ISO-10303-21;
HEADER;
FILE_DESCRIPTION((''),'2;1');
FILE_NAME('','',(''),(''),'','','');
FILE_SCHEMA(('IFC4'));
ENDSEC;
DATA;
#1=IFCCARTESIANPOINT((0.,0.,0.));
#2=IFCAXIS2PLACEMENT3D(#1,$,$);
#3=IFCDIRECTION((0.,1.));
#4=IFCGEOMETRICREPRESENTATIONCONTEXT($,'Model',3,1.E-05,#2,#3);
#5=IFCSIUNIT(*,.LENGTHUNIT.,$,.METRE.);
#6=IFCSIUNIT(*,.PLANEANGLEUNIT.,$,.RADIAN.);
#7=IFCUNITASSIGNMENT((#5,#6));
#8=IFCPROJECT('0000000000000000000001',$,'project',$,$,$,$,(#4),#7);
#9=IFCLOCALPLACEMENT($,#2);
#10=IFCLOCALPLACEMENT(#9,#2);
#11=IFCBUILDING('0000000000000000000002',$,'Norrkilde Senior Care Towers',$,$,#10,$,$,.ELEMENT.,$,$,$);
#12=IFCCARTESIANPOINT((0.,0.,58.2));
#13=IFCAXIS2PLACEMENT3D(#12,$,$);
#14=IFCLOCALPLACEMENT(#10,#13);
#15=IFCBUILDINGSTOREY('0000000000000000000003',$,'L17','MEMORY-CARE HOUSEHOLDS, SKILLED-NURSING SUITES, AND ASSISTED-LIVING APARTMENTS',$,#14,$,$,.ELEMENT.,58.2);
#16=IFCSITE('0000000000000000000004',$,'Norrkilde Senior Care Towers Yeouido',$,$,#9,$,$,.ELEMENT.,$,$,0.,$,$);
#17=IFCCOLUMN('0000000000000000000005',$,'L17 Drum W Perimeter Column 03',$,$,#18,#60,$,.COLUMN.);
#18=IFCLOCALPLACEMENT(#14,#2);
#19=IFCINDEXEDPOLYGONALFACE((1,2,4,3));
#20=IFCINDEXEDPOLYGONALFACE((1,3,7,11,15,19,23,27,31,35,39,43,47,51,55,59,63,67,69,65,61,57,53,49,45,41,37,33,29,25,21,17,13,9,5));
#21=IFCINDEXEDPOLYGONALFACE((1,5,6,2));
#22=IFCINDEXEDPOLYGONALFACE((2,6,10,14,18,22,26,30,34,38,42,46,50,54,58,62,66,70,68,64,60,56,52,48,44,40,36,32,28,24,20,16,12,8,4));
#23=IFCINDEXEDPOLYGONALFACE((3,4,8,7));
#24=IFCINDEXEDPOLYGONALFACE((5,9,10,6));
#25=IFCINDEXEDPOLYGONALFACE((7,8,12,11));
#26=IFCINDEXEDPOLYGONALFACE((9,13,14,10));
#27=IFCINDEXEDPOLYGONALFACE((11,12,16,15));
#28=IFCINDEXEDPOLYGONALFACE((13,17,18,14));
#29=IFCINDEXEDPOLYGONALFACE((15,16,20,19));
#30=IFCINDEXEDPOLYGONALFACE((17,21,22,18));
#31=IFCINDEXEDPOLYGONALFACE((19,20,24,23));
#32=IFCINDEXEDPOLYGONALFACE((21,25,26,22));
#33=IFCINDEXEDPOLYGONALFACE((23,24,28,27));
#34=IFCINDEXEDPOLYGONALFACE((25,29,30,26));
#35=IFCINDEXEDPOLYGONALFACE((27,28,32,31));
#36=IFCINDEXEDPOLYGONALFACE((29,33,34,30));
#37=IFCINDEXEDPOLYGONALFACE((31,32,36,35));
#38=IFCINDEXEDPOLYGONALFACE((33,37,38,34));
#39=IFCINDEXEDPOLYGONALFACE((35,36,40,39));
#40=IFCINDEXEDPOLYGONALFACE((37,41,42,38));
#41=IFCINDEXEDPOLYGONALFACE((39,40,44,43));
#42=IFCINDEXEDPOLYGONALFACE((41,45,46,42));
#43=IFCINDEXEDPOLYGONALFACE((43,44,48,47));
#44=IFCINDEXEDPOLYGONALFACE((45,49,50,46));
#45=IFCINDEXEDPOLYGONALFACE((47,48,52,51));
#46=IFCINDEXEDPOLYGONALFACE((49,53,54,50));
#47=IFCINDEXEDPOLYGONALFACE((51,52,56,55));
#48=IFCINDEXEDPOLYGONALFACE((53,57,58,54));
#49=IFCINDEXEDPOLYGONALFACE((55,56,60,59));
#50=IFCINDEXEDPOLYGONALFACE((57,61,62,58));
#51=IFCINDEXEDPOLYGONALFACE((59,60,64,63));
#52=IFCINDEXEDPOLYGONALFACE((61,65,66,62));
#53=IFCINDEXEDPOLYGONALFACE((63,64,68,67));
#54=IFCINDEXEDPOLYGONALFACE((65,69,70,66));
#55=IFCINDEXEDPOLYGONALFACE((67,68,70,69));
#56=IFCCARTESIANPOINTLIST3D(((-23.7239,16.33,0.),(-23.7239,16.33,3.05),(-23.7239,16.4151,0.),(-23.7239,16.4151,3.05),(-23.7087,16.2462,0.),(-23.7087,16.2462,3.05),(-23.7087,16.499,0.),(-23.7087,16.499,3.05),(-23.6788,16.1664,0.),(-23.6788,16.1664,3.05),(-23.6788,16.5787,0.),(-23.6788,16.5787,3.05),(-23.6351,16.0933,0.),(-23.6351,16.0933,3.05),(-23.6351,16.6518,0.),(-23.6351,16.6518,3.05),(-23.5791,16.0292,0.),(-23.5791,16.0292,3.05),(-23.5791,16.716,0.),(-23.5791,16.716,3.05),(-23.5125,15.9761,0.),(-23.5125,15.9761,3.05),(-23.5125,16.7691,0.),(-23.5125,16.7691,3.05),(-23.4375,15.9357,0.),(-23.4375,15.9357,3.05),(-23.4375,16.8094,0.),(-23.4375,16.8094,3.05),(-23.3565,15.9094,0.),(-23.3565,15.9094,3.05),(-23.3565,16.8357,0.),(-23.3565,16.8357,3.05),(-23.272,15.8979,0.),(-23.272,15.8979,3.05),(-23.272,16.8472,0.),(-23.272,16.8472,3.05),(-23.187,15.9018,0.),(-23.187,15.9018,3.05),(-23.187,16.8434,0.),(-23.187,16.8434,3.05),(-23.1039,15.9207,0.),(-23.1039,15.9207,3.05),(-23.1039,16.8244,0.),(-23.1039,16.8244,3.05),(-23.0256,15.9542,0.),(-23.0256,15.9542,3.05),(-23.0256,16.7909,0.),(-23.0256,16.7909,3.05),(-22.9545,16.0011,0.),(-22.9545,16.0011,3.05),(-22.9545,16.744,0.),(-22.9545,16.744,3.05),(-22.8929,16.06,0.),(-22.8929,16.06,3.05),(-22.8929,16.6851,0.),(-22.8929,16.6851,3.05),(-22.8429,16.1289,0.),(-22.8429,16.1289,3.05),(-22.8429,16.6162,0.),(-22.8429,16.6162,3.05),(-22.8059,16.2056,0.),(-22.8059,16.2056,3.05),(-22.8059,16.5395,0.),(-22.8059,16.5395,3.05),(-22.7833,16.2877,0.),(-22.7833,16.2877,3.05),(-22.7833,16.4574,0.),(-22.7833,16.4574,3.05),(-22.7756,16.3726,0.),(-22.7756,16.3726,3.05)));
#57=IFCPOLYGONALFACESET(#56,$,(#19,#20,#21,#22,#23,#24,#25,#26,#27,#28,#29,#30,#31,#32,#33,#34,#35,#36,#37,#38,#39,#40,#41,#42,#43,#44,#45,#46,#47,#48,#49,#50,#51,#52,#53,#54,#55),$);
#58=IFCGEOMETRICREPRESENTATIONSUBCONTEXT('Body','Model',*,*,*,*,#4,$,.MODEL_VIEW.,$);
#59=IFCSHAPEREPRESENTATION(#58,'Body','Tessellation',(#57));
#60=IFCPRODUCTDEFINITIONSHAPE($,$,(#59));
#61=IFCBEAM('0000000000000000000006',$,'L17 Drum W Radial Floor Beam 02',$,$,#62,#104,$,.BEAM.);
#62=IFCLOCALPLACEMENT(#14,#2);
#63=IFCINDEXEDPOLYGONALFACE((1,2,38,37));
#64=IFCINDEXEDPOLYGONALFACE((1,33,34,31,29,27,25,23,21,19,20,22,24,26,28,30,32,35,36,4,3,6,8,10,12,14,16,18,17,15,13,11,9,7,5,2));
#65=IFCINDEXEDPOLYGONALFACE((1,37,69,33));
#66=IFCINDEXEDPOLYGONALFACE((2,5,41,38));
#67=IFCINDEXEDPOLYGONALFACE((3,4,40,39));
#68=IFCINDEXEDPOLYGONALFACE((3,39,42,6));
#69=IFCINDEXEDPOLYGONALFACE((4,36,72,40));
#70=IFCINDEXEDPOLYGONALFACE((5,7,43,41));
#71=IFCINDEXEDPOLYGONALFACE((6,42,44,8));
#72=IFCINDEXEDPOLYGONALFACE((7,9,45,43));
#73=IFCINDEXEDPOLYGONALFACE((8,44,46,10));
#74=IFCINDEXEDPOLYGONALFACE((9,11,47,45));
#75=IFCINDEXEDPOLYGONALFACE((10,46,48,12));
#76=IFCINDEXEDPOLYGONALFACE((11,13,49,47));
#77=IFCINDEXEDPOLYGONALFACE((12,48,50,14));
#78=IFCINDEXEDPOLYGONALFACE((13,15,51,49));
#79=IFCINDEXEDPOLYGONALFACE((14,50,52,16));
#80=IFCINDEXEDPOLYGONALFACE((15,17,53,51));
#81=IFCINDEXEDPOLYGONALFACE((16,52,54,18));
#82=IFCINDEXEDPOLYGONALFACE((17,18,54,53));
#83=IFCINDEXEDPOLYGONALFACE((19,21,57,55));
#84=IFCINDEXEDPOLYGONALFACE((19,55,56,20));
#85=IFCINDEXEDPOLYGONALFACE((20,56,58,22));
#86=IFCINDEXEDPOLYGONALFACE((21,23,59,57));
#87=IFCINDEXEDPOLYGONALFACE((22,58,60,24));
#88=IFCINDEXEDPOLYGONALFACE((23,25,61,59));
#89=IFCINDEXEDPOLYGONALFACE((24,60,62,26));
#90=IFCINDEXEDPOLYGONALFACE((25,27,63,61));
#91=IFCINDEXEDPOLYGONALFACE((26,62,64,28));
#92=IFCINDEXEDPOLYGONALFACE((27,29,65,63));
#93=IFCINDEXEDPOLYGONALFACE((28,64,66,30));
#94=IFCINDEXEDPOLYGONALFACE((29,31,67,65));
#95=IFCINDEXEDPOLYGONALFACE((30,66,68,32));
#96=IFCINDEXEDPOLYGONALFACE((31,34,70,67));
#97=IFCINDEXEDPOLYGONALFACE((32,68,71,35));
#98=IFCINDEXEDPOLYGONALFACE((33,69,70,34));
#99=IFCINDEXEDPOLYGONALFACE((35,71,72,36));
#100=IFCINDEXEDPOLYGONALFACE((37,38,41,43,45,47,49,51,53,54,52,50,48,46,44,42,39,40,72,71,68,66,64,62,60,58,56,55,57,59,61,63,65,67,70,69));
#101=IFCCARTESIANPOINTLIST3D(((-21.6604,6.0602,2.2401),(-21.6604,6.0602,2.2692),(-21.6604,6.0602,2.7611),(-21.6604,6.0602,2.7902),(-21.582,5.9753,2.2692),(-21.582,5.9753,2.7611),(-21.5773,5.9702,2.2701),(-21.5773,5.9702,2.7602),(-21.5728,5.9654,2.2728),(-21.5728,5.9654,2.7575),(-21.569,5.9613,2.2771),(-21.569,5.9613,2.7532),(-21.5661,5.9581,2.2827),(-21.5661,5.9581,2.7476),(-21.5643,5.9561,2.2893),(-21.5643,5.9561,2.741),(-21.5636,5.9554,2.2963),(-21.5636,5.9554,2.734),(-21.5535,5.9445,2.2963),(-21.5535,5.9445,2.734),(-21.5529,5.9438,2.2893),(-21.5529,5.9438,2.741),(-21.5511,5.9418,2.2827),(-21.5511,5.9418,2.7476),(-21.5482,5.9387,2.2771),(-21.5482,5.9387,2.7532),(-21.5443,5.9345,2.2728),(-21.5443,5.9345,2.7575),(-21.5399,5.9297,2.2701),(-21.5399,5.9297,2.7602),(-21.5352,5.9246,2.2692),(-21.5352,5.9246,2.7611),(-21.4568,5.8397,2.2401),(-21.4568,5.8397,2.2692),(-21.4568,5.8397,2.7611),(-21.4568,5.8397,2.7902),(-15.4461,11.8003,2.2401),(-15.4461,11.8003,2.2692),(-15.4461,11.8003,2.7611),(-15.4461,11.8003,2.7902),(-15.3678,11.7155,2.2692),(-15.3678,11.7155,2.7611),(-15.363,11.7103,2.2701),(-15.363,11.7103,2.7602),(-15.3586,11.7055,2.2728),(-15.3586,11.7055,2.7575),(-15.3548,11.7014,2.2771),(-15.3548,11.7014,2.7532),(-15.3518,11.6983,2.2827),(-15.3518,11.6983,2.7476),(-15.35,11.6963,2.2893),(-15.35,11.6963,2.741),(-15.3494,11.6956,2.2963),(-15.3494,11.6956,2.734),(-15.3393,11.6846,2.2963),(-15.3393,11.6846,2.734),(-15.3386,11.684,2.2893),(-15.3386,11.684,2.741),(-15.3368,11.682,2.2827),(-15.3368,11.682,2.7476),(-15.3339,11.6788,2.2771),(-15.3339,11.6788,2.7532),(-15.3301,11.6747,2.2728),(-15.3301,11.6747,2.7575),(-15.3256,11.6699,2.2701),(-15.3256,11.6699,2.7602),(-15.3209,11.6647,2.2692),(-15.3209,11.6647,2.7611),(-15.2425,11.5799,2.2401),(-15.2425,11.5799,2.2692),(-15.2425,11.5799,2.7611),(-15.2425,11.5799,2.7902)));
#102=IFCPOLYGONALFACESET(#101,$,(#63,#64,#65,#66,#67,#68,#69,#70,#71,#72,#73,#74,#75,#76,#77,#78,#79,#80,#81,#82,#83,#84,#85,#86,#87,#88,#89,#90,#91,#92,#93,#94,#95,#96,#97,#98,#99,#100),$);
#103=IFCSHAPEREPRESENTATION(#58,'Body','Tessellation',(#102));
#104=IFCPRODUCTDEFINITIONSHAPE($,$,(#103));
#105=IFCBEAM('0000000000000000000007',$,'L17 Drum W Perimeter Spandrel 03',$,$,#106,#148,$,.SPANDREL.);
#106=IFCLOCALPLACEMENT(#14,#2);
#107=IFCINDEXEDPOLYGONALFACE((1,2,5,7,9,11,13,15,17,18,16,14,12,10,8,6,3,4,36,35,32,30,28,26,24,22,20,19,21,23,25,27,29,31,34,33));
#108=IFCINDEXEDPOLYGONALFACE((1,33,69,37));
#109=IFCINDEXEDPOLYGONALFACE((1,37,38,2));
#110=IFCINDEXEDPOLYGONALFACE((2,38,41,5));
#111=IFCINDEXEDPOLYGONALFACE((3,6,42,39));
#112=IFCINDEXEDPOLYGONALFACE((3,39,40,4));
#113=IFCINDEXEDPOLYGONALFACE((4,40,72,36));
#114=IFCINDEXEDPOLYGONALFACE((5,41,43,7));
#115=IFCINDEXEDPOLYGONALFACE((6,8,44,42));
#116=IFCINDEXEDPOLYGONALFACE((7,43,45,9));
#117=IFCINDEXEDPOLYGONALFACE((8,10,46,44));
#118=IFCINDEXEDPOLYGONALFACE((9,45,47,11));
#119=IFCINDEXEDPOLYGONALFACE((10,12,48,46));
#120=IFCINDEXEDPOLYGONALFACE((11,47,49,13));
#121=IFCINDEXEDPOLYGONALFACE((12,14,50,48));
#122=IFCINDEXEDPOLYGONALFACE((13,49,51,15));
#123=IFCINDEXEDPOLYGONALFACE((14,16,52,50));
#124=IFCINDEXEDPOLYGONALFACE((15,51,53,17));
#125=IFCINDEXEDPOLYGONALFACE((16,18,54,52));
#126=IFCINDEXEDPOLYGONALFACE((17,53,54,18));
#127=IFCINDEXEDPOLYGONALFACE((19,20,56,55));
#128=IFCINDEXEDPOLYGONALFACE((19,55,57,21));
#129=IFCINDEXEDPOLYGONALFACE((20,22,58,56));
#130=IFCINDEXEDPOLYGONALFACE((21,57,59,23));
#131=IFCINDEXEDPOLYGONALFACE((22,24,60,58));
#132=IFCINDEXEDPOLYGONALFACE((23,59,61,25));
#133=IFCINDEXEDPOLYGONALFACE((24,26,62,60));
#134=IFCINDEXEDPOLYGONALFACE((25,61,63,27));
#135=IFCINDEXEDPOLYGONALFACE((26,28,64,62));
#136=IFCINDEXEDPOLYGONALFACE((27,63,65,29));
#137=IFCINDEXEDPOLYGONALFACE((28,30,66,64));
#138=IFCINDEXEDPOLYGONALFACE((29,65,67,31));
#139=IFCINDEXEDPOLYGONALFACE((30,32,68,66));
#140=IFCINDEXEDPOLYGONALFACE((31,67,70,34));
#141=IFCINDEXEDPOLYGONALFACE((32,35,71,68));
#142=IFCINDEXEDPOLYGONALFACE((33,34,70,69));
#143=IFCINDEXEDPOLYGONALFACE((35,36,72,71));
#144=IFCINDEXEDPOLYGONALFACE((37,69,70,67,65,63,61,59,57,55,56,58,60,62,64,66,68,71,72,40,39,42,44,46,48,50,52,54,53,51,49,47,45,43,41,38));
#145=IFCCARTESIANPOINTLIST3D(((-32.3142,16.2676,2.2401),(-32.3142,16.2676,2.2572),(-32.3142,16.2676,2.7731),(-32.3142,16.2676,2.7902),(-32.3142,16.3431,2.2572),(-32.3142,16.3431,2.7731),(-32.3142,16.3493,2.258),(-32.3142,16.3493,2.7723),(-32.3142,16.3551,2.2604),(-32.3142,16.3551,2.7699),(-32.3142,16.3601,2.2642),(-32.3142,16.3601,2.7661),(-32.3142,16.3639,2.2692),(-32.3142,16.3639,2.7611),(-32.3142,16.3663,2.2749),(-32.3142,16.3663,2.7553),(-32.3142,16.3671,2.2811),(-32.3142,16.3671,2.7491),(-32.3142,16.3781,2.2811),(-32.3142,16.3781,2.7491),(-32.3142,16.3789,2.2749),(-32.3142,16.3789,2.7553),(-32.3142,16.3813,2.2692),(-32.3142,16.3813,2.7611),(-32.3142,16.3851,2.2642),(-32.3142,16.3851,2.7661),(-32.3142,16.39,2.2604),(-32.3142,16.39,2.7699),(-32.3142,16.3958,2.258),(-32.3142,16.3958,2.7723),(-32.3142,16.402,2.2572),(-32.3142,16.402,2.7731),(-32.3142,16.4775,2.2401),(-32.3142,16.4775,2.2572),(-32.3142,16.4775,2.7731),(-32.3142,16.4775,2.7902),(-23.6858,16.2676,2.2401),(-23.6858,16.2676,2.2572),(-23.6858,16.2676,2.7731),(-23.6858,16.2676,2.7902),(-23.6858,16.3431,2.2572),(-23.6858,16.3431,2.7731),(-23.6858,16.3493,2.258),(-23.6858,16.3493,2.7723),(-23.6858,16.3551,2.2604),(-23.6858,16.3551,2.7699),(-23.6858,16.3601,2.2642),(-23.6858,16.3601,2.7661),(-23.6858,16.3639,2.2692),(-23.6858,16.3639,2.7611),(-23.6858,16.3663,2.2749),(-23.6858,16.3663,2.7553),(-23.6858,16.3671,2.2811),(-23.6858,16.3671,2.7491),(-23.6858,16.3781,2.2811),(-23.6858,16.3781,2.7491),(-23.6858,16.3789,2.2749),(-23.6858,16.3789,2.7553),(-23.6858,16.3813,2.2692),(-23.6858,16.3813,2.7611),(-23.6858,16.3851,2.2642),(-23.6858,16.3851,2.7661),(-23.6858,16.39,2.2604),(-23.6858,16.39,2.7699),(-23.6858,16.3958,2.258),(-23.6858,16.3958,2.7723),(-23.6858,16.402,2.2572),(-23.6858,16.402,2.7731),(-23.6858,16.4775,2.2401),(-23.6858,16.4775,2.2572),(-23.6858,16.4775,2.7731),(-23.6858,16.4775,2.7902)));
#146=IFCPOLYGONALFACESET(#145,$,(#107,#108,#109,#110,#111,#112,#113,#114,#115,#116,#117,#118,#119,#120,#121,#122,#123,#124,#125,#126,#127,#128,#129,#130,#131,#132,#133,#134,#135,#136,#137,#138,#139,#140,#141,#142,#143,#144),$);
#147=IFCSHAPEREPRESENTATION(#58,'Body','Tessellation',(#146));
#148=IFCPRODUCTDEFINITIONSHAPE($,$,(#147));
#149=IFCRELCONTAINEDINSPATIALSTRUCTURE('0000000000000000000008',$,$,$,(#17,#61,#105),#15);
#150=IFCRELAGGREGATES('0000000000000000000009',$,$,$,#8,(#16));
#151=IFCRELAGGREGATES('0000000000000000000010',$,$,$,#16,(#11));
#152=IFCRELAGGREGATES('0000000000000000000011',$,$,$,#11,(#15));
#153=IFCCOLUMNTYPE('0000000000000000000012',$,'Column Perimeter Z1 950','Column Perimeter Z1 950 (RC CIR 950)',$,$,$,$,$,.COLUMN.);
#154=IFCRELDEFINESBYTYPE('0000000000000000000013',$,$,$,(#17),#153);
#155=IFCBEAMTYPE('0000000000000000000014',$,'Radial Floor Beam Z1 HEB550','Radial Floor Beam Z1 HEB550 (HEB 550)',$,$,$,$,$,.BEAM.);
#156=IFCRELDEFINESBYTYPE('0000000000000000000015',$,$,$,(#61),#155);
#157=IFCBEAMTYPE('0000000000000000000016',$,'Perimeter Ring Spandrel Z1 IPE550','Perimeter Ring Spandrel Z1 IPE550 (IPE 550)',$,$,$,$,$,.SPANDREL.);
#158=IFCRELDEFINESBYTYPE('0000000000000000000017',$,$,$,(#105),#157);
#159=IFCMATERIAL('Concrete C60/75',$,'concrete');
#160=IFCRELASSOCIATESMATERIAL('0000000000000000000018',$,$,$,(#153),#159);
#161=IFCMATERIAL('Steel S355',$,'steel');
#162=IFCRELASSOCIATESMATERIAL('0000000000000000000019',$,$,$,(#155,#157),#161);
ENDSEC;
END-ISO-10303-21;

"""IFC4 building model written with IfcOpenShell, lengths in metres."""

from ifc_helpers import new_model, si_unit, direction, frame, origin, origin_2d, place, context, subcontext, project, spatial, circle, i_section, extrude, source, transform, mapped, material, material_profile, profile_set, type_object, type_shapes, element, save


model = new_model("IFC4")

# Units and contexts
model_context = context("Model", 3, precision=1e-05, world=origin(), true_north=direction((0.0, 1.0)))
body_context = subcontext(model_context, "Body", "Model", "MODEL_VIEW")
ifc_project = project(units=[si_unit("LENGTHUNIT", "METRE"), si_unit("PLANEANGLEUNIT", "RADIAN")], contexts=[model_context])

# Site, building, storey
site_placement = place(None, origin())
site = spatial("IfcSite", under=ifc_project, at=site_placement, Name="Norrkilde Senior Care Towers Yeouido", CompositionType="ELEMENT", RefElevation=0.0)
building_placement = place(site_placement, origin())
building = spatial("IfcBuilding", under=site, at=building_placement, Name="Norrkilde Senior Care Towers", CompositionType="ELEMENT")
storey_placement = place(building_placement, frame((0.0, 0.0, 58.2)))
storey = spatial("IfcBuildingStorey", under=building, at=storey_placement, Name="L17", Description="MEMORY-CARE HOUSEHOLDS, SKILLED-NURSING SUITES, AND ASSISTED-LIVING APARTMENTS", CompositionType="ELEMENT", Elevation=58.2)

# Column
ifc_material_1 = material(Name="Concrete C60/75", Category="concrete")
ifc_material_profile_1 = material_profile(ifc_material_1, circle(Radius=0.4751, at=origin_2d()), Name="RC CIR 950")
ifc_profile_set_1 = profile_set([ifc_material_profile_1], Name="Concrete C60/75")
column_type = type_object("IfcColumnType", Name="Column Perimeter Z1 950", Description="Column Perimeter Z1 950 (RC CIR 950)", PredefinedType="COLUMN", material=ifc_profile_set_1)
shared_shape_1 = source(origin(), body_context, "Body", "SweptSolid", [
    extrude(circle(Radius=0.4751, at=origin_2d()), origin(), (0.0, 0.0, 1.0), 3.05),
])
type_shapes(column_type, [shared_shape_1])
column_placement = place(storey_placement, frame((-23.2507, 16.3726, 0.0), z_axis=(0.0, 0.0, 1.0), x_axis=(1.0, 0.0, 0.0)))
element("IfcColumn", 1, at=column_placement, inside=storey, type_object=column_type, Name="L17 Drum W Perimeter Column 03", PredefinedType="COLUMN", context=body_context, shape_type="MappedRepresentation", body=[
    mapped(shared_shape_1, transform((0.0, 0.0, 0.0), x_axis=(1.0, 0.0, 0.0), y_axis=(0.0, 1.0, 0.0), z_axis=(0.0, 0.0, 1.0), scale=1.0)),
])

# Beams
ifc_material_2 = material(Name="Steel S355", Category="steel")
ifc_material_profile_2 = material_profile(ifc_material_2, i_section(OverallWidth=0.3, OverallDepth=0.55, WebThickness=0.0149, FlangeThickness=0.0291, FilletRadius=0.0271, at=origin_2d()), Name="HEB 550")
ifc_profile_set_2 = profile_set([ifc_material_profile_2], Name="Steel S355")
beam_type_1 = type_object("IfcBeamType", Name="Radial Floor Beam Z1 HEB550", Description="Radial Floor Beam Z1 HEB550 (HEB 550)", PredefinedType="BEAM", material=ifc_profile_set_2)
shared_shape_2 = source(origin(), body_context, "Body", "SweptSolid", [
    extrude(i_section(OverallWidth=0.3, OverallDepth=0.55, WebThickness=0.0149, FlangeThickness=0.0291, FilletRadius=0.0271, at=origin_2d()), origin(), (0.0, 0.0, 1.0), 8.4597),
])
beam_1_placement = place(storey_placement, frame((-21.5586, 5.95, 2.5151), z_axis=(0.734573, 0.678529, 0.0), x_axis=(-0.678529, 0.734573, 0.0)))
element("IfcBeam", 2, at=beam_1_placement, inside=storey, type_object=beam_type_1, Name="L17 Drum W Radial Floor Beam 02", PredefinedType="BEAM", context=body_context, shape_type="MappedRepresentation", body=[
    mapped(shared_shape_2, transform((0.0, 0.0, 0.0), x_axis=(1.0, 0.0, 0.0), y_axis=(0.0, 1.0, 0.0), z_axis=(0.0, 0.0, 1.0), scale=1.0)),
])
ifc_material_profile_3 = material_profile(ifc_material_2, i_section(OverallWidth=0.21, OverallDepth=0.55, WebThickness=0.011, FlangeThickness=0.0171, FilletRadius=0.0239, at=origin_2d()), Name="IPE 550")
ifc_profile_set_3 = profile_set([ifc_material_profile_3], Name="Steel S355")
beam_type_2 = type_object("IfcBeamType", Name="Perimeter Ring Spandrel Z1 IPE550", Description="Perimeter Ring Spandrel Z1 IPE550 (IPE 550)", PredefinedType="SPANDREL", material=ifc_profile_set_3)
shared_shape_3 = source(origin(), body_context, "Body", "SweptSolid", [
    extrude(i_section(OverallWidth=0.21, OverallDepth=0.55, WebThickness=0.011, FlangeThickness=0.0171, FilletRadius=0.0239, at=origin_2d()), origin(), (0.0, 0.0, 1.0), 8.6284),
])
type_shapes(beam_type_2, [shared_shape_3])
beam_2_placement = place(storey_placement, frame((-23.6858, 16.3726, 2.5151), z_axis=(-1.0, 0.0, 0.0), x_axis=(0.0, -1.0, 0.0)))
element("IfcBeam", 3, at=beam_2_placement, inside=storey, type_object=beam_type_2, Name="L17 Drum W Perimeter Spandrel 03", PredefinedType="SPANDREL", context=body_context, shape_type="MappedRepresentation", body=[
    mapped(shared_shape_3, transform((0.0, 0.0, 0.0), x_axis=(1.0, 0.0, 0.0), y_axis=(0.0, 1.0, 0.0), z_axis=(0.0, 0.0, 1.0), scale=1.0)),
])

save(model, "model.ifc")
